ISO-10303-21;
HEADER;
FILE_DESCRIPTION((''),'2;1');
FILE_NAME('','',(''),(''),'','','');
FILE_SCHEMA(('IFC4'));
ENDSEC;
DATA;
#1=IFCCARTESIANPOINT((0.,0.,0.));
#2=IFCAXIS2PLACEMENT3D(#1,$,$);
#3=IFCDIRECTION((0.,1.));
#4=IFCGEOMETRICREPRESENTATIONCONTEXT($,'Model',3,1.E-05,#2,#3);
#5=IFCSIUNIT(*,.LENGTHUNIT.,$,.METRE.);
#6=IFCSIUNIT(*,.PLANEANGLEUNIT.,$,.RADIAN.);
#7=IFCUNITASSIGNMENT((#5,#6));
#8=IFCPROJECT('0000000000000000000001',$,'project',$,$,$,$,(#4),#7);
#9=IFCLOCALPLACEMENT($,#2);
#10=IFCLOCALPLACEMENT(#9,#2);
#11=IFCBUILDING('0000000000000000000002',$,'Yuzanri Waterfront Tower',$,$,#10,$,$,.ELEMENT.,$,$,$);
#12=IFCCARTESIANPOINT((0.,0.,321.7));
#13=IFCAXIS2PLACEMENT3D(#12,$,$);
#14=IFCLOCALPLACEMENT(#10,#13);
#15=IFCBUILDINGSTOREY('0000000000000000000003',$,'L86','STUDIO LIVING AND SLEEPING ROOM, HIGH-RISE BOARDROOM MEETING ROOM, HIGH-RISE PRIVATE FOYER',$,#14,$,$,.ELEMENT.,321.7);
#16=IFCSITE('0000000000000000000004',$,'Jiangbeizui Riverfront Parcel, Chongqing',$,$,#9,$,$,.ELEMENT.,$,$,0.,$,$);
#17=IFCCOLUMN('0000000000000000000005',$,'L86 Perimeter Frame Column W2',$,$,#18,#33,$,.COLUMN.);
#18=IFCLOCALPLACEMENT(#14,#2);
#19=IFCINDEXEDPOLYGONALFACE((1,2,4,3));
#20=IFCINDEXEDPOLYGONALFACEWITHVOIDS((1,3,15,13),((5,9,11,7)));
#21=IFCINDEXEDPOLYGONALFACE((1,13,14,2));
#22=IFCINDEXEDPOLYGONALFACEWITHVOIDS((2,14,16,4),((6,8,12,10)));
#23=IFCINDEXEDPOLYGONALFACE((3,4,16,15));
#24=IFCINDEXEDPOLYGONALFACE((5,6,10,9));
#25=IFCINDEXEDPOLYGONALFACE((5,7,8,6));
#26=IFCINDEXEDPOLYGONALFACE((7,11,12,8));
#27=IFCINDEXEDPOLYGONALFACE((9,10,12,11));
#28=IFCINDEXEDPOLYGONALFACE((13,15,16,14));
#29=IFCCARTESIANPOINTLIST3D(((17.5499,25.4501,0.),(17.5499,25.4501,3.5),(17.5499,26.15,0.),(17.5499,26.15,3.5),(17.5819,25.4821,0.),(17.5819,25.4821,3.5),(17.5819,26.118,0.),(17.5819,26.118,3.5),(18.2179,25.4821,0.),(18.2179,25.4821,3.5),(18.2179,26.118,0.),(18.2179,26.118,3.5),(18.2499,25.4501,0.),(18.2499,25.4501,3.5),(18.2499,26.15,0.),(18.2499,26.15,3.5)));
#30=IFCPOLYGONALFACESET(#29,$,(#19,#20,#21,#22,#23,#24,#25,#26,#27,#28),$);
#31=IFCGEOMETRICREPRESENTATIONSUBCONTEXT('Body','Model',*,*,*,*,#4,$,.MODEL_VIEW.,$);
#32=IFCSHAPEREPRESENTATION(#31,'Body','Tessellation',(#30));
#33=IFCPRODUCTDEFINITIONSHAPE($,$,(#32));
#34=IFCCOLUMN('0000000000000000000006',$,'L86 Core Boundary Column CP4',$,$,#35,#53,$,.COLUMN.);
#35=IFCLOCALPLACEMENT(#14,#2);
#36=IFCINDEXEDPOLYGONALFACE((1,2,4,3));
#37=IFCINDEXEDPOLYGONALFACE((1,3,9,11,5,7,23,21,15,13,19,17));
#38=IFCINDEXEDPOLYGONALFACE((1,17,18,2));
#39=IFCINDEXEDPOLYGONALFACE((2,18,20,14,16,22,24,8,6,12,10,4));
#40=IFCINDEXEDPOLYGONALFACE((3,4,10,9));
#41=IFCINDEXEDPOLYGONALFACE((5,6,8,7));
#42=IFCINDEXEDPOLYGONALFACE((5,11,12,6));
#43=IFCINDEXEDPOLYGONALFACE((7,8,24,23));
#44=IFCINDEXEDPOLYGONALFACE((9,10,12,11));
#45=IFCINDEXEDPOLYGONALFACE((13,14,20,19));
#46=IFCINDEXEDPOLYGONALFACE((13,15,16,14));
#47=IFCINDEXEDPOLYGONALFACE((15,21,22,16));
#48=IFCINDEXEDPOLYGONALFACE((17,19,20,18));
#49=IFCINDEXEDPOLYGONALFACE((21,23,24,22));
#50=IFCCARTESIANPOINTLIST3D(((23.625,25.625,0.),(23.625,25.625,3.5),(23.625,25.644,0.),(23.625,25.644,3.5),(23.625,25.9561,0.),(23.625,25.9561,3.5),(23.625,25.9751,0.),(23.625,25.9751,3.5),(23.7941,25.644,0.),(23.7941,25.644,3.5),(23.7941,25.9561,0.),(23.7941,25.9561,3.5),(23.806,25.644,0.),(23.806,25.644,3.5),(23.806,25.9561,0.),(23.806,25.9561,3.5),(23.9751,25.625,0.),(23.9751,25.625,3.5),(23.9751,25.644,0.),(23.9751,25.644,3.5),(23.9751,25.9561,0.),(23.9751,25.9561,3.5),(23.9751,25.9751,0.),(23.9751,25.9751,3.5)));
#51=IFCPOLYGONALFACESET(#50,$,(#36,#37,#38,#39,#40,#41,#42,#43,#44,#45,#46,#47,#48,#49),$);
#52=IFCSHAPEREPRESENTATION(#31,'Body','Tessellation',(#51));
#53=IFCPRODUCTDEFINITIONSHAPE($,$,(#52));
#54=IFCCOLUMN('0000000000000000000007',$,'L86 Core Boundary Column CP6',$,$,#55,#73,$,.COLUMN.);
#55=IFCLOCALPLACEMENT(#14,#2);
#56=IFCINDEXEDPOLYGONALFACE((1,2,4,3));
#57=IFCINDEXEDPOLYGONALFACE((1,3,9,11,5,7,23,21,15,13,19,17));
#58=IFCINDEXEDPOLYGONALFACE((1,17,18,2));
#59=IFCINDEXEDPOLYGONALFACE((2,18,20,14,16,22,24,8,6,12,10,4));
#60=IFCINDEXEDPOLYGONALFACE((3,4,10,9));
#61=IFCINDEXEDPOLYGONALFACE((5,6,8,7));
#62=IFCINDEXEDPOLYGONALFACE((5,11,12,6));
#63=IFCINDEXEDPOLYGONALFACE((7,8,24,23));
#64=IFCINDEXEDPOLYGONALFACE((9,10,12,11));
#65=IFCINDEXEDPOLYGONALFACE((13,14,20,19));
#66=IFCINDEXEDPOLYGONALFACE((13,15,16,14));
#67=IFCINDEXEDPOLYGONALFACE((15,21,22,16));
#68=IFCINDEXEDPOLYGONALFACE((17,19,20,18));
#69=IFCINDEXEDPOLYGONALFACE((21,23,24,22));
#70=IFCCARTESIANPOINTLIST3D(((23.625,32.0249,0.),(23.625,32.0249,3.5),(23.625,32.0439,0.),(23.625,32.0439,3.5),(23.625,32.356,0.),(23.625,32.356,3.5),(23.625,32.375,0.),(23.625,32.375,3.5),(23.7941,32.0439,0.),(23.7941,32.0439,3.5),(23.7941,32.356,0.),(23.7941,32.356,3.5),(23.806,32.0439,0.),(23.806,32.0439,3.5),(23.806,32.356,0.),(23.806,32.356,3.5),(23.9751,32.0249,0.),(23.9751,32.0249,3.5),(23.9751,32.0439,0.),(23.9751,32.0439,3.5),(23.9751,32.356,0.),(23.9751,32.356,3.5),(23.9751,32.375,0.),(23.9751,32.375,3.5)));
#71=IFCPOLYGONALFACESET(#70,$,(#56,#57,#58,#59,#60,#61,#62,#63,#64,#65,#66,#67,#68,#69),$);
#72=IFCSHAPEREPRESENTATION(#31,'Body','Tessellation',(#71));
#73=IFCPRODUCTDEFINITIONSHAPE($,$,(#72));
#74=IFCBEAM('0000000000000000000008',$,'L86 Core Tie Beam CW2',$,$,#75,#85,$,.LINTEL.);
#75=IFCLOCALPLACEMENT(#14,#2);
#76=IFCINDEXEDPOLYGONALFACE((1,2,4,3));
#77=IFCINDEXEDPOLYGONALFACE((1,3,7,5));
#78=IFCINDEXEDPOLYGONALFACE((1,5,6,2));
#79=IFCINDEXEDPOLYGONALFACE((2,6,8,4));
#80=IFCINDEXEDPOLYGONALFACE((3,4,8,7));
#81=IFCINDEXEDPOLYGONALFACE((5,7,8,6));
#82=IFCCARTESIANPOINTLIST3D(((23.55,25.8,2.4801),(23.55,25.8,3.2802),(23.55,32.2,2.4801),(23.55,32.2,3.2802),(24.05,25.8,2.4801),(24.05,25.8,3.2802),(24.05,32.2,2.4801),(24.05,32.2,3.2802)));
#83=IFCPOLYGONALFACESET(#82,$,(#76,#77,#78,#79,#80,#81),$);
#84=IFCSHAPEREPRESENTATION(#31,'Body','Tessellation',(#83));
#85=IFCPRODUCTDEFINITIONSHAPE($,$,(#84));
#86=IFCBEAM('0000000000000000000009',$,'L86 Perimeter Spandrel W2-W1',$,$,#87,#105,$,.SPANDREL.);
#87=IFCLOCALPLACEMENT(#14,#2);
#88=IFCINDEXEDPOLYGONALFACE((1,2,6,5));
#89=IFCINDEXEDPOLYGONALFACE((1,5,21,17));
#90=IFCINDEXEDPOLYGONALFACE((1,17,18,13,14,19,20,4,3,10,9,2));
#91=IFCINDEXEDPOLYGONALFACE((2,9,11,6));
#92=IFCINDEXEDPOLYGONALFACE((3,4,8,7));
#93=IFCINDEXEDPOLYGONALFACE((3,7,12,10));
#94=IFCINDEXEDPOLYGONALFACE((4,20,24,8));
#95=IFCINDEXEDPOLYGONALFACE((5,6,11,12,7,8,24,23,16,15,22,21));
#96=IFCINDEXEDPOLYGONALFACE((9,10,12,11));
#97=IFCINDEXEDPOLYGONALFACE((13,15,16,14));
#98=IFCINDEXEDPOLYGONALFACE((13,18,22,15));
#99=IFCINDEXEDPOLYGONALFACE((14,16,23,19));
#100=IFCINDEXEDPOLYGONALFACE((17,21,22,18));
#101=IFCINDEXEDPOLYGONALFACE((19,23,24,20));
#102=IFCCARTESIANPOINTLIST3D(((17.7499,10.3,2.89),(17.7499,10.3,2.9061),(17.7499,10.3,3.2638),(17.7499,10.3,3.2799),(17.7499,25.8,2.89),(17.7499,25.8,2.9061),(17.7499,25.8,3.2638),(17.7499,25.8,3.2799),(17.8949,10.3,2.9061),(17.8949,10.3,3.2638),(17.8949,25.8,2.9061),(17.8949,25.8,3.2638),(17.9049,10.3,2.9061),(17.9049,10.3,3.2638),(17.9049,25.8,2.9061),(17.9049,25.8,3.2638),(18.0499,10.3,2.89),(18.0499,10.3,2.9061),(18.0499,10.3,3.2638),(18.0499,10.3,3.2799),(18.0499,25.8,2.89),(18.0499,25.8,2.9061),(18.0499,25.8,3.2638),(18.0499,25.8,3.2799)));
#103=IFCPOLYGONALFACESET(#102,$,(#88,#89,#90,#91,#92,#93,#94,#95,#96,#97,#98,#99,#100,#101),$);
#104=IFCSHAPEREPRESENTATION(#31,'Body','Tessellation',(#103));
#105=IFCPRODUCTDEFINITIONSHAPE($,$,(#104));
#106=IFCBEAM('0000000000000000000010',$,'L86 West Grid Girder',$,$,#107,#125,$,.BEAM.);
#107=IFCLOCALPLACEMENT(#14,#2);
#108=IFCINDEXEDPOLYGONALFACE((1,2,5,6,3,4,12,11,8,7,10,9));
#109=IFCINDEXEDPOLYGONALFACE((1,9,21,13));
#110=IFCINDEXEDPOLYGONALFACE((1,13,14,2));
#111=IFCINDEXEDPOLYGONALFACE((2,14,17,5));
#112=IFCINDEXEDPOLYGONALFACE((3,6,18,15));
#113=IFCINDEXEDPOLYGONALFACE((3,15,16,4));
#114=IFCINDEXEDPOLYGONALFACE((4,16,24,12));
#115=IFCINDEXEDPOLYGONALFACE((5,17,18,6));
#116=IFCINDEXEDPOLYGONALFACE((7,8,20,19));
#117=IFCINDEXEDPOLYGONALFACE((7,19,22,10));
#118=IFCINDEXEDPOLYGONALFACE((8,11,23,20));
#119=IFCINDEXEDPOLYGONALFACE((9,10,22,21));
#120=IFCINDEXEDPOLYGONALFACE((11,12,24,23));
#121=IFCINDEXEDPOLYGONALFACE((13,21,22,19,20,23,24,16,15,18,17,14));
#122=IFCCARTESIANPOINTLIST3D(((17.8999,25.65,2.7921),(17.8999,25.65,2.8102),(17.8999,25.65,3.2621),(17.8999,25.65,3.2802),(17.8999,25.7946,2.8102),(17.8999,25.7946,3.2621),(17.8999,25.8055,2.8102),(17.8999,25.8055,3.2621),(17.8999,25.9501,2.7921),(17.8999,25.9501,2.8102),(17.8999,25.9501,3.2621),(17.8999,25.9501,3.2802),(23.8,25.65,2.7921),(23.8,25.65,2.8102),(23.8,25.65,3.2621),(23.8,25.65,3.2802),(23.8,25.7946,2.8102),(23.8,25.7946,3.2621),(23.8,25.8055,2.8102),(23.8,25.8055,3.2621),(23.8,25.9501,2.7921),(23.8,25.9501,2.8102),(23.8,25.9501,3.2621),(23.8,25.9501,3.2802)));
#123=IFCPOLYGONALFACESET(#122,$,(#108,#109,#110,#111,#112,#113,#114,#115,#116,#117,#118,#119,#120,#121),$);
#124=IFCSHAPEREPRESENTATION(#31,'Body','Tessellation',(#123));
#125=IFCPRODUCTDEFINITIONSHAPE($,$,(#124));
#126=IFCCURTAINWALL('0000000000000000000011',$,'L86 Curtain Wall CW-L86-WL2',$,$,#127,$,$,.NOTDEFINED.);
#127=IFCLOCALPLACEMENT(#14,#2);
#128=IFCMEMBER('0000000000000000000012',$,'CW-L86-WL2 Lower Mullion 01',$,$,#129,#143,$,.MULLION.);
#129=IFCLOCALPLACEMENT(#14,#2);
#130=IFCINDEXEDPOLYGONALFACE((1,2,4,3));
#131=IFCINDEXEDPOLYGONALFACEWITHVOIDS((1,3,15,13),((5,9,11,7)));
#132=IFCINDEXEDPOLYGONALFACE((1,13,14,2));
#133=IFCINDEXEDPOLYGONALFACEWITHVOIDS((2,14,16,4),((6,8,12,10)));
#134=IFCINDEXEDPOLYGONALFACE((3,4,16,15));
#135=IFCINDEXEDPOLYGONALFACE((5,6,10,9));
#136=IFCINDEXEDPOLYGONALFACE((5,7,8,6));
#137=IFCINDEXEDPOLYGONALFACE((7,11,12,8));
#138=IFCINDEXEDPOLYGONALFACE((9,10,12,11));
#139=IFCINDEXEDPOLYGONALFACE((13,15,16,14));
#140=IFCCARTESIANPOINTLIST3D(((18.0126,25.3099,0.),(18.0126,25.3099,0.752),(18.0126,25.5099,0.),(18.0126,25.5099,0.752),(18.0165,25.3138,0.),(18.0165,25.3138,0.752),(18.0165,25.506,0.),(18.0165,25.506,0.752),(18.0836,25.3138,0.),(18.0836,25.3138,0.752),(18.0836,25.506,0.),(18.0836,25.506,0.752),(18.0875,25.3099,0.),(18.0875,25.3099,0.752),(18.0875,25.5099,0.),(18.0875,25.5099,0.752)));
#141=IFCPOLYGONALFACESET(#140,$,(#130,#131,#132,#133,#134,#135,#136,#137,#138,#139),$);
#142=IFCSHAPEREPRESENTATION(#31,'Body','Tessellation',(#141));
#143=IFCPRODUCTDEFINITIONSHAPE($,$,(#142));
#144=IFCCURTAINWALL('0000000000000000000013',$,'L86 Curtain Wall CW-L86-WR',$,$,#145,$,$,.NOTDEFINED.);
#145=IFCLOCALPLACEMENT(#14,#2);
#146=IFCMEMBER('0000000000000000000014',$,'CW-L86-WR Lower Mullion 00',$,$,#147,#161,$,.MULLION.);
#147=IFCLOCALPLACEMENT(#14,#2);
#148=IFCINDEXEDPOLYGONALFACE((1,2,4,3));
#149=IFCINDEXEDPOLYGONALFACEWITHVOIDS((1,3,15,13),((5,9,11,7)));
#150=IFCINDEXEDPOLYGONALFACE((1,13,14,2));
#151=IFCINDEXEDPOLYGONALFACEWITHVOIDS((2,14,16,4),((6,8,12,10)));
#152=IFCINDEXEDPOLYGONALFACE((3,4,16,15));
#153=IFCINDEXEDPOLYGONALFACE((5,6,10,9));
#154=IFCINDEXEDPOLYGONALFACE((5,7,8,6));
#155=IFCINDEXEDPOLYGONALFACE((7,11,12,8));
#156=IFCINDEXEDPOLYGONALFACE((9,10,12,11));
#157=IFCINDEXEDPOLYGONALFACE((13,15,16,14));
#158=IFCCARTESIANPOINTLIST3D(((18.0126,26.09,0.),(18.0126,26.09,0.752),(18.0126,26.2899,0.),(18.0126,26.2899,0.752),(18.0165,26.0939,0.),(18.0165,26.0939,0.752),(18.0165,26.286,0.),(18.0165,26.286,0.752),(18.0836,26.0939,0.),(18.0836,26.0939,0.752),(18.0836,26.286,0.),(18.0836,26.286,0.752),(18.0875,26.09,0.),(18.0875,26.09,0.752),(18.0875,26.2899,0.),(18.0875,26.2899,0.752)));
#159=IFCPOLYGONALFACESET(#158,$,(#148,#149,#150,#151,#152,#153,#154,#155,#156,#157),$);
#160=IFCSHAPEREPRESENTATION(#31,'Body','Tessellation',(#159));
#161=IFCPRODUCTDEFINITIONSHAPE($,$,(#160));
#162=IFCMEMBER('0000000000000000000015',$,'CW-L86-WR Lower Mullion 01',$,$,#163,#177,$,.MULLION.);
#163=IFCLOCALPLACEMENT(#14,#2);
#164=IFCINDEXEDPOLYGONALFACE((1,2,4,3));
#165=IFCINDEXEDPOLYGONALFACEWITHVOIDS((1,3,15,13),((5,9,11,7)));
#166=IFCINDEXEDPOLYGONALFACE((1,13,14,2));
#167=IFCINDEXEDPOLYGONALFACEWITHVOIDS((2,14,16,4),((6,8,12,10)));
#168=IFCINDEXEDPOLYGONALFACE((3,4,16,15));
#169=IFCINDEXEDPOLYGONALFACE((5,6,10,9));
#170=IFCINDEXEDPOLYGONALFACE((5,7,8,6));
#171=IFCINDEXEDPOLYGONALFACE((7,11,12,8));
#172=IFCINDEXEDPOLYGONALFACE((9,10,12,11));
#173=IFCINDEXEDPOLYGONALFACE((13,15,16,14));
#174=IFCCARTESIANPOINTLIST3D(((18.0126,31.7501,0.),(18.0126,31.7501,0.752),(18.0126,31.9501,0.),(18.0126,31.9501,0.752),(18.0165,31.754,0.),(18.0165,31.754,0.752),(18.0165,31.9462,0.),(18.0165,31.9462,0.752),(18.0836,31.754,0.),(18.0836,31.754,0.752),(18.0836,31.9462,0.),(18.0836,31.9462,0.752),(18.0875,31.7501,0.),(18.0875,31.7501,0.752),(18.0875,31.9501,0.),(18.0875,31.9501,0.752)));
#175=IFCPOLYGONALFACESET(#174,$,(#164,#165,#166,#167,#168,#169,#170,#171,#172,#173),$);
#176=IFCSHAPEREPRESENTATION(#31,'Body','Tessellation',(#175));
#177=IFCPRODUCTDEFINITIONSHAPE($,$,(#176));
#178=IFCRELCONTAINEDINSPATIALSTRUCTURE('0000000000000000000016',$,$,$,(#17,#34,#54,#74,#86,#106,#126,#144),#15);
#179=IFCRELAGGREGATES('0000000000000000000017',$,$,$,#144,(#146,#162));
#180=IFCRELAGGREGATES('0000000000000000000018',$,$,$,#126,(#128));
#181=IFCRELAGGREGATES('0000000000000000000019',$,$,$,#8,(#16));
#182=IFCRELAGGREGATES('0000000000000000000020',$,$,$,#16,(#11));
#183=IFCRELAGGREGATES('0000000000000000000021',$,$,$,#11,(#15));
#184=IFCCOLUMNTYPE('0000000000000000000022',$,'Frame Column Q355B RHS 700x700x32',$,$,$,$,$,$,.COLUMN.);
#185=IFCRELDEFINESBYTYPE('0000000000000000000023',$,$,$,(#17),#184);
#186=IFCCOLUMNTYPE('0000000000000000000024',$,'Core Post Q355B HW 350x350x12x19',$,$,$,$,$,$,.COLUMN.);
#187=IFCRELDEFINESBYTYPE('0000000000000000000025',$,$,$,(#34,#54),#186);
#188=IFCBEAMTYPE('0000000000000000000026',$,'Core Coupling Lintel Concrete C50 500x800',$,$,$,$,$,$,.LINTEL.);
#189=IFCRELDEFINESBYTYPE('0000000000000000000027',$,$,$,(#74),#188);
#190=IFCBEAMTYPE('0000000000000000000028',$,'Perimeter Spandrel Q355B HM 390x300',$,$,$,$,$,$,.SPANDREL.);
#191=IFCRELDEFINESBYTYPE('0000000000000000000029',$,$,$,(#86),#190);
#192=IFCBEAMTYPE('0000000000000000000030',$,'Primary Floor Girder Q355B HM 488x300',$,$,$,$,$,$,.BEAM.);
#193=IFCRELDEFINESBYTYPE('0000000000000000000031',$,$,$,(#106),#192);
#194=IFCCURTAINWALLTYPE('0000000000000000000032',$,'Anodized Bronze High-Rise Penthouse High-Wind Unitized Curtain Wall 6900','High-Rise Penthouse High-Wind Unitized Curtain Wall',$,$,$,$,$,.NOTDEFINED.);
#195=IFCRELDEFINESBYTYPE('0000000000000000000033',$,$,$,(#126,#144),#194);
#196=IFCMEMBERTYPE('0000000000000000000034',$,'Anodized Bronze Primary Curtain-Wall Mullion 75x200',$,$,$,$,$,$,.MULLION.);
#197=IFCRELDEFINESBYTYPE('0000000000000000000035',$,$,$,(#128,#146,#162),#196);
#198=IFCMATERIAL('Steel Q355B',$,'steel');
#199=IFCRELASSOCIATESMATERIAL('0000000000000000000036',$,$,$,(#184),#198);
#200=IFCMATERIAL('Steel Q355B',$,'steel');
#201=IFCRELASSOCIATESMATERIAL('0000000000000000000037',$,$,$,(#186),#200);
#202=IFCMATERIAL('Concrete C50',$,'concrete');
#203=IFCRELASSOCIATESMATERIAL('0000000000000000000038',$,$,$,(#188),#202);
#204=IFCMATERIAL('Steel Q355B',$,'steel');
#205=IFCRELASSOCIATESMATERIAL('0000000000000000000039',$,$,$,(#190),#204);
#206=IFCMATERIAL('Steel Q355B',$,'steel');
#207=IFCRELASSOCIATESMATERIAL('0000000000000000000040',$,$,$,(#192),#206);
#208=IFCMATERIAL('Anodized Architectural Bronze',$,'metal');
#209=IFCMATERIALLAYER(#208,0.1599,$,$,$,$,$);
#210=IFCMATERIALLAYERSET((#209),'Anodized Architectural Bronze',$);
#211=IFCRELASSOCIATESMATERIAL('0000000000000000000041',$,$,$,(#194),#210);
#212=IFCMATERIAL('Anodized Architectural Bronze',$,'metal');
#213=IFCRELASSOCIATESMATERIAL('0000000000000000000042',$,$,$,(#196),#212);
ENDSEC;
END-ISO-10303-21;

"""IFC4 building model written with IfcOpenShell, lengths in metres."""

from ifc_helpers import new_model, si_unit, direction, frame, origin, origin_2d, place, context, subcontext, project, spatial, rectangle, hollow_rectangle, i_section, extrude, source, transform, mapped, material, layer, layer_set, material_profile, profile_set, type_object, element, aggregate, save


model = new_model("IFC4")

# Units and contexts
model_context = context("Model", 3, precision=1e-05, world=origin(), true_north=direction((0.0, 1.0)))
body_context = subcontext(model_context, "Body", "Model", "MODEL_VIEW")
ifc_project = project(units=[si_unit("LENGTHUNIT", "METRE"), si_unit("PLANEANGLEUNIT", "RADIAN")], contexts=[model_context])

# Site, building, storey
site_placement = place(None, origin())
site = spatial("IfcSite", under=ifc_project, at=site_placement, Name="Jiangbeizui Riverfront Parcel, Chongqing", CompositionType="ELEMENT", RefElevation=0.0)
building_placement = place(site_placement, origin())
building = spatial("IfcBuilding", under=site, at=building_placement, Name="Yuzanri Waterfront Tower", CompositionType="ELEMENT")
storey_placement = place(building_placement, frame((0.0, 0.0, 321.7)))
storey = spatial("IfcBuildingStorey", under=building, at=storey_placement, Name="L86", Description="STUDIO LIVING AND SLEEPING ROOM, HIGH-RISE BOARDROOM MEETING ROOM, HIGH-RISE PRIVATE FOYER", CompositionType="ELEMENT", Elevation=321.7)

# Columns
ifc_material_1 = material(Name="Steel Q355B", Category="steel")
ifc_material_profile_1 = material_profile(ifc_material_1, hollow_rectangle(XDim=0.7, YDim=0.7, WallThickness=0.032, at=origin_2d()), Name="RHS 700x700x32")
ifc_profile_set_1 = profile_set([ifc_material_profile_1], Name="Steel Q355B")
column_type_1 = type_object("IfcColumnType", Name="Frame Column Q355B RHS 700x700x32", PredefinedType="COLUMN", material=ifc_profile_set_1)
shared_shape_1 = source(origin(), body_context, "Body", "SweptSolid", [
    extrude(hollow_rectangle(XDim=0.7, YDim=0.7, WallThickness=0.032, at=origin_2d()), origin(), (0.0, 0.0, 1.0), 3.5),
])
column_placement = place(storey_placement, frame((17.8999, 25.8, 0.0), z_axis=(0.0, 0.0, 1.0), x_axis=(1.0, 0.0, 0.0)))
element("IfcColumn", 1, at=column_placement, inside=storey, type_object=column_type_1, Name="L86 Perimeter Frame Column W2", PredefinedType="COLUMN", context=body_context, shape_type="MappedRepresentation", body=[
    mapped(shared_shape_1, transform((0.0, 0.0, 0.0), scale=1.0)),
])
ifc_material_2 = material(Name="Steel Q355B", Category="steel")
ifc_material_profile_2 = material_profile(ifc_material_2, i_section(OverallWidth=0.3501, OverallDepth=0.3501, WebThickness=0.012, FlangeThickness=0.019, at=origin_2d()), Name="HW 350x350x12x19")
ifc_profile_set_2 = profile_set([ifc_material_profile_2], Name="Steel Q355B")
column_type_2 = type_object("IfcColumnType", Name="Core Post Q355B HW 350x350x12x19", PredefinedType="COLUMN", material=ifc_profile_set_2)
shared_shape_2 = source(origin(), body_context, "Body", "SweptSolid", [
    extrude(i_section(OverallWidth=0.3501, OverallDepth=0.3501, WebThickness=0.012, FlangeThickness=0.019, at=origin_2d()), origin(), (0.0, 0.0, 1.0), 3.5),
])
for number, where, z_axis, x_axis, name in (
    (2, (23.8, 25.8, 0.0), (0.0, 0.0, 1.0), (1.0, 0.0, 0.0), "L86 Core Boundary Column CP4"),
    (3, (23.8, 32.2, 0.0), (0.0, 0.0, 1.0), (1.0, 0.0, 0.0), "L86 Core Boundary Column CP6"),
):
    element("IfcColumn", number, at=place(storey_placement, frame(where, z_axis=z_axis, x_axis=x_axis)), inside=storey, type_object=column_type_2, Name=name, PredefinedType="COLUMN", context=body_context, shape_type="MappedRepresentation", body=[
        mapped(shared_shape_2, transform((0.0, 0.0, 0.0), scale=1.0)),
    ])

# Beams
ifc_material_3 = material(Name="Concrete C50", Category="concrete")
ifc_material_profile_3 = material_profile(ifc_material_3, rectangle(XDim=0.5, YDim=0.8, at=origin_2d()), Name="RC 500x800")
ifc_profile_set_3 = profile_set([ifc_material_profile_3], Name="Concrete C50")
beam_type_1 = type_object("IfcBeamType", Name="Core Coupling Lintel Concrete C50 500x800", PredefinedType="LINTEL", material=ifc_profile_set_3)
shared_shape_3 = source(origin(), body_context, "Body", "SweptSolid", [
    extrude(rectangle(XDim=0.5, YDim=0.8, at=origin_2d()), origin(), (0.0, 0.0, 1.0), 6.3999),
])
beam_1_placement = place(storey_placement, frame((23.8, 25.8, 2.8801), z_axis=(0.0, 1.0, 0.0), x_axis=(-1.0, 0.0, 0.0)))
element("IfcBeam", 4, at=beam_1_placement, inside=storey, type_object=beam_type_1, Name="L86 Core Tie Beam CW2", PredefinedType="LINTEL", context=body_context, shape_type="MappedRepresentation", body=[
    mapped(shared_shape_3, transform((0.0, 0.0, 0.0), scale=1.0)),
])
ifc_material_4 = material(Name="Steel Q355B", Category="steel")
ifc_material_profile_4 = material_profile(ifc_material_4, i_section(OverallWidth=0.3, OverallDepth=0.3899, WebThickness=0.01, FlangeThickness=0.0161, at=origin_2d()), Name="HM 390x300x10x16")
ifc_profile_set_4 = profile_set([ifc_material_profile_4], Name="Steel Q355B")
beam_type_2 = type_object("IfcBeamType", Name="Perimeter Spandrel Q355B HM 390x300", PredefinedType="SPANDREL", material=ifc_profile_set_4)
shared_shape_4 = source(origin(), body_context, "Body", "SweptSolid", [
    extrude(i_section(OverallWidth=0.3, OverallDepth=0.3899, WebThickness=0.01, FlangeThickness=0.0161, at=origin_2d()), origin(), (0.0, 0.0, 1.0), 15.5),
])
beam_2_placement = place(storey_placement, frame((17.8999, 25.8, 3.085), z_axis=(0.0, -1.0, 0.0), x_axis=(1.0, 0.0, 0.0)))
element("IfcBeam", 5, at=beam_2_placement, inside=storey, type_object=beam_type_2, Name="L86 Perimeter Spandrel W2-W1", PredefinedType="SPANDREL", context=body_context, shape_type="MappedRepresentation", body=[
    mapped(shared_shape_4, transform((0.0, 0.0, 0.0), scale=1.0)),
])
ifc_material_5 = material(Name="Steel Q355B", Category="steel")
ifc_material_profile_5 = material_profile(ifc_material_5, i_section(OverallWidth=0.3, OverallDepth=0.488, WebThickness=0.011, FlangeThickness=0.0181, at=origin_2d()), Name="HM 488x300x11x18")
ifc_profile_set_5 = profile_set([ifc_material_profile_5], Name="Steel Q355B")
beam_type_3 = type_object("IfcBeamType", Name="Primary Floor Girder Q355B HM 488x300", PredefinedType="BEAM", material=ifc_profile_set_5)
shared_shape_5 = source(origin(), body_context, "Body", "SweptSolid", [
    extrude(i_section(OverallWidth=0.3, OverallDepth=0.488, WebThickness=0.011, FlangeThickness=0.0181, at=origin_2d()), origin(), (0.0, 0.0, 1.0), 5.9001),
])
beam_3_placement = place(storey_placement, frame((23.8, 25.8, 3.0361), z_axis=(-1.0, 0.0, 0.0), x_axis=(0.0, -1.0, 0.0)))
element("IfcBeam", 6, at=beam_3_placement, inside=storey, type_object=beam_type_3, Name="L86 West Grid Girder", PredefinedType="BEAM", context=body_context, shape_type="MappedRepresentation", body=[
    mapped(shared_shape_5, transform((0.0, 0.0, 0.0), scale=1.0)),
])

# Curtain wall, member
ifc_material_6 = material(Name="Anodized Architectural Bronze", Category="metal")
ifc_layer_1 = layer(ifc_material_6, 0.1599)
ifc_layer_set_1 = layer_set([ifc_layer_1], Name="Anodized Architectural Bronze")
curtain_wall_type = type_object("IfcCurtainWallType", Name="Anodized Bronze High-Rise Penthouse High-Wind Unitized Curtain Wall 6900", Description="High-Rise Penthouse High-Wind Unitized Curtain Wall", PredefinedType="NOTDEFINED", material=ifc_layer_set_1)
curtain_wall_1_placement = place(storey_placement, origin())
curtain_wall_1 = element("IfcCurtainWall", 7, at=curtain_wall_1_placement, inside=storey, type_object=curtain_wall_type, Name="L86 Curtain Wall CW-L86-WL2", PredefinedType="NOTDEFINED")
ifc_material_7 = material(Name="Anodized Architectural Bronze", Category="metal")
ifc_material_profile_6 = material_profile(ifc_material_7, hollow_rectangle(XDim=0.075, YDim=0.2, WallThickness=0.0039, at=origin_2d()), Name="CWM 75x200")
ifc_profile_set_6 = profile_set([ifc_material_profile_6], Name="Anodized Architectural Bronze")
member_type_1 = type_object("IfcMemberType", Name="Anodized Bronze Primary Curtain-Wall Mullion 75x200", PredefinedType="MULLION", material=ifc_profile_set_6)
shared_shape_6 = source(origin(), body_context, "Body", "SweptSolid", [
    extrude(hollow_rectangle(XDim=0.075, YDim=0.2, WallThickness=0.0039, at=origin_2d()), origin(), (0.0, 0.0, 1.0), 0.752),
])
member_1_placement = place(storey_placement, frame((18.05, 25.4099, 0.0), z_axis=(0.0, 0.0, 1.0), x_axis=(1.0, 0.0, 0.0)))
member_1 = element("IfcMember", 8, at=member_1_placement, type_object=member_type_1, Name="CW-L86-WL2 Lower Mullion 01", PredefinedType="MULLION", context=body_context, shape_type="MappedRepresentation", body=[
    mapped(shared_shape_6, transform((0.0, 0.0, 0.0), scale=1.0)),
])

# Curtain wall, members
curtain_wall_2_placement = place(storey_placement, origin())
curtain_wall_2 = element("IfcCurtainWall", 9, at=curtain_wall_2_placement, inside=storey, type_object=curtain_wall_type, Name="L86 Curtain Wall CW-L86-WR", PredefinedType="NOTDEFINED")
member_2_placement = place(storey_placement, frame((18.05, 26.1899, 0.0), z_axis=(0.0, 0.0, 1.0), x_axis=(1.0, 0.0, 0.0)))
member_2 = element("IfcMember", 10, at=member_2_placement, type_object=member_type_1, Name="CW-L86-WR Lower Mullion 00", PredefinedType="MULLION", context=body_context, shape_type="MappedRepresentation", body=[
    mapped(shared_shape_6, transform((0.0, 0.0, 0.0), scale=1.0)),
])
member_3_placement = place(storey_placement, frame((18.05, 31.8501, 0.0), z_axis=(0.0, 0.0, 1.0), x_axis=(1.0, 0.0, 0.0)))
member_3 = element("IfcMember", 11, at=member_3_placement, type_object=member_type_1, Name="CW-L86-WR Lower Mullion 01", PredefinedType="MULLION", context=body_context, shape_type="MappedRepresentation", body=[
    mapped(shared_shape_6, transform((0.0, 0.0, 0.0), scale=1.0)),
])

aggregate(curtain_wall_2, [member_2, member_3])
aggregate(curtain_wall_1, [member_1])

save(model, "model.ifc")
